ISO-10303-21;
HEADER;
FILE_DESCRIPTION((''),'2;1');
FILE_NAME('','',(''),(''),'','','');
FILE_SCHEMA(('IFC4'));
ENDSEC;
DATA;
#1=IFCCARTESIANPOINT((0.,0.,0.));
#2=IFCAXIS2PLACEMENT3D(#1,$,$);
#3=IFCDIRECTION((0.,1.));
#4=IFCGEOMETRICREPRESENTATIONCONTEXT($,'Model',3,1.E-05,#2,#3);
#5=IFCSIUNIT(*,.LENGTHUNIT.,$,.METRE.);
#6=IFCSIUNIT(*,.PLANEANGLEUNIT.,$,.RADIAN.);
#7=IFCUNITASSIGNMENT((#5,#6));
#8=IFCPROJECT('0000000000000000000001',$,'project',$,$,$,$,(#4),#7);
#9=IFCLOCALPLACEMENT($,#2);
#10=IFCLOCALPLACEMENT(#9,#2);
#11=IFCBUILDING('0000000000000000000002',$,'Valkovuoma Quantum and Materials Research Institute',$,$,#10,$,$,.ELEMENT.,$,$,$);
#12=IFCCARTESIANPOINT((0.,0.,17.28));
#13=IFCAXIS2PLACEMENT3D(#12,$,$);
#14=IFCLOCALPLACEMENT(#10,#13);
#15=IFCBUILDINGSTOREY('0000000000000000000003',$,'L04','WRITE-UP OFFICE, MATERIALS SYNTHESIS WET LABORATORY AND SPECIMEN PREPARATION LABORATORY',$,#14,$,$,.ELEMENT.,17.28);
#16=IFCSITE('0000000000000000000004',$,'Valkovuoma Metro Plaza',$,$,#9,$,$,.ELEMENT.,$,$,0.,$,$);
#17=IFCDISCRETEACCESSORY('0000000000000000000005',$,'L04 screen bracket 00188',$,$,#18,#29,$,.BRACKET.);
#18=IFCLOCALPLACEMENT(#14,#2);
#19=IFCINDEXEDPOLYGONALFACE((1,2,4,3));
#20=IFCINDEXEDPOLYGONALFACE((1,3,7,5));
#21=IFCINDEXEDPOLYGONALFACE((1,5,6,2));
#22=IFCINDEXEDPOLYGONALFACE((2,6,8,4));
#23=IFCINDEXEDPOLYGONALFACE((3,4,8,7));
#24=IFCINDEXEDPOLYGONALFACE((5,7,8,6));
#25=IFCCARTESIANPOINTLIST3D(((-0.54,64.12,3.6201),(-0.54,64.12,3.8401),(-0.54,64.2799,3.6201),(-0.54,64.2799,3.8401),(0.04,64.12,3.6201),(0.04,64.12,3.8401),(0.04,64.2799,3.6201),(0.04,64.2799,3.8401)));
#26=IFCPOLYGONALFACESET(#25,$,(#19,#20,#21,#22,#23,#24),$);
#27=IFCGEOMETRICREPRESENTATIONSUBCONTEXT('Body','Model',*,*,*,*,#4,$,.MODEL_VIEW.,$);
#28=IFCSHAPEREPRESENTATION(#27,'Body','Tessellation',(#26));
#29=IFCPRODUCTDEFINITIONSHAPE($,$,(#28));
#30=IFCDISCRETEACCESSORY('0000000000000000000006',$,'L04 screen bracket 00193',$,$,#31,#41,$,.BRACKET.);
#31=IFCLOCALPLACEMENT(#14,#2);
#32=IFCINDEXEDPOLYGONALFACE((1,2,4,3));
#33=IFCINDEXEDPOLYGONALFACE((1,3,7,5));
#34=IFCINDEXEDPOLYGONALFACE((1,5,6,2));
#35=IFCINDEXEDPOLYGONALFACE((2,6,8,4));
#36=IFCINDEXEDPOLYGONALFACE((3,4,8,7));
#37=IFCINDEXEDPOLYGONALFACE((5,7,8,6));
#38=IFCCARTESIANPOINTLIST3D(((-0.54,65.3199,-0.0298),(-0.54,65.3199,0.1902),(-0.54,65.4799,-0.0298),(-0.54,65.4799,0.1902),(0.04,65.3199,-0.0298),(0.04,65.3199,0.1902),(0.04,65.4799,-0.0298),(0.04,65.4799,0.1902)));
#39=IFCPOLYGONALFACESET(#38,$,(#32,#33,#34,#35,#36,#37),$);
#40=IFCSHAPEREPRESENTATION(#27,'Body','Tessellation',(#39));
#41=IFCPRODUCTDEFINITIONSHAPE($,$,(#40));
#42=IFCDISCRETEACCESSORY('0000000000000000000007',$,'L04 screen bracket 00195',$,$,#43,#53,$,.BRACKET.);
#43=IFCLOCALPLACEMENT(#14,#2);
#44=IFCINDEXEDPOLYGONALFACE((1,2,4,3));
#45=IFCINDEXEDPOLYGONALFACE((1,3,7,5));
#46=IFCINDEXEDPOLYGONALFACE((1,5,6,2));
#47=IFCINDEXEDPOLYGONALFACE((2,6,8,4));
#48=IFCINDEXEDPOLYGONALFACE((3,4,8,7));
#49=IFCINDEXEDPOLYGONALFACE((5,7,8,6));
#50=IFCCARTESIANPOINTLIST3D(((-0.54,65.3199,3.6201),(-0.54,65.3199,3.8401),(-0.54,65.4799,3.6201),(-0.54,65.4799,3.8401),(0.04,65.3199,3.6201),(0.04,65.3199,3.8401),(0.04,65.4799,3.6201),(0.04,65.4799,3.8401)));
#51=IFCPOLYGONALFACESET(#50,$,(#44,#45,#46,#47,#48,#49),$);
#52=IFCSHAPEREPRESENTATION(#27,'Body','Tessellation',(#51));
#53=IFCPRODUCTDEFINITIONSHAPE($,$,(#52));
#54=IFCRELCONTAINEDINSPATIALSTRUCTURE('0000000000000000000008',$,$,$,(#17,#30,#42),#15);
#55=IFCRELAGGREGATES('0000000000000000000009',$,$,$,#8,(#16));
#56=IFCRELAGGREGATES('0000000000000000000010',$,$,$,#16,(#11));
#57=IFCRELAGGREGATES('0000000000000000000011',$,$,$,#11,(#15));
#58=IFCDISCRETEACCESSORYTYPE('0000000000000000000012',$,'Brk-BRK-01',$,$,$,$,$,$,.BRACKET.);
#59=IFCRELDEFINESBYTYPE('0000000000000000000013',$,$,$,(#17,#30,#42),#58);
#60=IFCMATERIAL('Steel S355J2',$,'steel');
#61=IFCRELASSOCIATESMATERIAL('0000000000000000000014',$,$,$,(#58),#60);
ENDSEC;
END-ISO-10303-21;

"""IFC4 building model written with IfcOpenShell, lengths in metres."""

from ifc_helpers import new_model, si_unit, direction, frame, origin, origin_2d, place, context, subcontext, project, spatial, rectangle, extrude, material, type_object, element, save


model = new_model("IFC4")

# Units and contexts
model_context = context("Model", 3, precision=1e-05, world=origin(), true_north=direction((0.0, 1.0)))
body_context = subcontext(model_context, "Body", "Model", "MODEL_VIEW")
ifc_project = project(units=[si_unit("LENGTHUNIT", "METRE"), si_unit("PLANEANGLEUNIT", "RADIAN")], contexts=[model_context])

# Site, building, storey
site_placement = place(None, origin())
site = spatial("IfcSite", under=ifc_project, at=site_placement, Name="Valkovuoma Metro Plaza", CompositionType="ELEMENT", RefElevation=0.0)
building_placement = place(site_placement, origin())
building = spatial("IfcBuilding", under=site, at=building_placement, Name="Valkovuoma Quantum and Materials Research Institute", CompositionType="ELEMENT")
storey_placement = place(building_placement, frame((0.0, 0.0, 17.28)))
storey = spatial("IfcBuildingStorey", under=building, at=storey_placement, Name="L04", Description="WRITE-UP OFFICE, MATERIALS SYNTHESIS WET LABORATORY AND SPECIMEN PREPARATION LABORATORY", CompositionType="ELEMENT", Elevation=17.28)

# Discrete accessories
ifc_material_1 = material(Name="Steel S355J2", Category="steel")
discrete_accessory_type = type_object("IfcDiscreteAccessoryType", Name="Brk-BRK-01", PredefinedType="BRACKET", material=ifc_material_1)
for number, where, z_axis, x_axis, name in (
    (1, (-0.25, 64.2, 3.6201), (0.0, 0.0, 1.0), (1.0, 0.0, 0.0), "L04 screen bracket 00188"),
    (2, (-0.25, 65.3999, -0.0298), (0.0, 0.0, 1.0), (1.0, 0.0, 0.0), "L04 screen bracket 00193"),
    (3, (-0.25, 65.3999, 3.6201), (0.0, 0.0, 1.0), (1.0, 0.0, 0.0), "L04 screen bracket 00195"),
):
    element("IfcDiscreteAccessory", number, at=place(storey_placement, frame(where, z_axis=z_axis, x_axis=x_axis)), inside=storey, type_object=discrete_accessory_type, Name=name, PredefinedType="BRACKET", context=body_context, shape_type="SweptSolid", body=[
        extrude(rectangle(XDim=0.5801, YDim=0.1599, at=origin_2d()), origin(), (0.0, 0.0, 1.0), 0.22),
    ])

save(model, "model.ifc")
